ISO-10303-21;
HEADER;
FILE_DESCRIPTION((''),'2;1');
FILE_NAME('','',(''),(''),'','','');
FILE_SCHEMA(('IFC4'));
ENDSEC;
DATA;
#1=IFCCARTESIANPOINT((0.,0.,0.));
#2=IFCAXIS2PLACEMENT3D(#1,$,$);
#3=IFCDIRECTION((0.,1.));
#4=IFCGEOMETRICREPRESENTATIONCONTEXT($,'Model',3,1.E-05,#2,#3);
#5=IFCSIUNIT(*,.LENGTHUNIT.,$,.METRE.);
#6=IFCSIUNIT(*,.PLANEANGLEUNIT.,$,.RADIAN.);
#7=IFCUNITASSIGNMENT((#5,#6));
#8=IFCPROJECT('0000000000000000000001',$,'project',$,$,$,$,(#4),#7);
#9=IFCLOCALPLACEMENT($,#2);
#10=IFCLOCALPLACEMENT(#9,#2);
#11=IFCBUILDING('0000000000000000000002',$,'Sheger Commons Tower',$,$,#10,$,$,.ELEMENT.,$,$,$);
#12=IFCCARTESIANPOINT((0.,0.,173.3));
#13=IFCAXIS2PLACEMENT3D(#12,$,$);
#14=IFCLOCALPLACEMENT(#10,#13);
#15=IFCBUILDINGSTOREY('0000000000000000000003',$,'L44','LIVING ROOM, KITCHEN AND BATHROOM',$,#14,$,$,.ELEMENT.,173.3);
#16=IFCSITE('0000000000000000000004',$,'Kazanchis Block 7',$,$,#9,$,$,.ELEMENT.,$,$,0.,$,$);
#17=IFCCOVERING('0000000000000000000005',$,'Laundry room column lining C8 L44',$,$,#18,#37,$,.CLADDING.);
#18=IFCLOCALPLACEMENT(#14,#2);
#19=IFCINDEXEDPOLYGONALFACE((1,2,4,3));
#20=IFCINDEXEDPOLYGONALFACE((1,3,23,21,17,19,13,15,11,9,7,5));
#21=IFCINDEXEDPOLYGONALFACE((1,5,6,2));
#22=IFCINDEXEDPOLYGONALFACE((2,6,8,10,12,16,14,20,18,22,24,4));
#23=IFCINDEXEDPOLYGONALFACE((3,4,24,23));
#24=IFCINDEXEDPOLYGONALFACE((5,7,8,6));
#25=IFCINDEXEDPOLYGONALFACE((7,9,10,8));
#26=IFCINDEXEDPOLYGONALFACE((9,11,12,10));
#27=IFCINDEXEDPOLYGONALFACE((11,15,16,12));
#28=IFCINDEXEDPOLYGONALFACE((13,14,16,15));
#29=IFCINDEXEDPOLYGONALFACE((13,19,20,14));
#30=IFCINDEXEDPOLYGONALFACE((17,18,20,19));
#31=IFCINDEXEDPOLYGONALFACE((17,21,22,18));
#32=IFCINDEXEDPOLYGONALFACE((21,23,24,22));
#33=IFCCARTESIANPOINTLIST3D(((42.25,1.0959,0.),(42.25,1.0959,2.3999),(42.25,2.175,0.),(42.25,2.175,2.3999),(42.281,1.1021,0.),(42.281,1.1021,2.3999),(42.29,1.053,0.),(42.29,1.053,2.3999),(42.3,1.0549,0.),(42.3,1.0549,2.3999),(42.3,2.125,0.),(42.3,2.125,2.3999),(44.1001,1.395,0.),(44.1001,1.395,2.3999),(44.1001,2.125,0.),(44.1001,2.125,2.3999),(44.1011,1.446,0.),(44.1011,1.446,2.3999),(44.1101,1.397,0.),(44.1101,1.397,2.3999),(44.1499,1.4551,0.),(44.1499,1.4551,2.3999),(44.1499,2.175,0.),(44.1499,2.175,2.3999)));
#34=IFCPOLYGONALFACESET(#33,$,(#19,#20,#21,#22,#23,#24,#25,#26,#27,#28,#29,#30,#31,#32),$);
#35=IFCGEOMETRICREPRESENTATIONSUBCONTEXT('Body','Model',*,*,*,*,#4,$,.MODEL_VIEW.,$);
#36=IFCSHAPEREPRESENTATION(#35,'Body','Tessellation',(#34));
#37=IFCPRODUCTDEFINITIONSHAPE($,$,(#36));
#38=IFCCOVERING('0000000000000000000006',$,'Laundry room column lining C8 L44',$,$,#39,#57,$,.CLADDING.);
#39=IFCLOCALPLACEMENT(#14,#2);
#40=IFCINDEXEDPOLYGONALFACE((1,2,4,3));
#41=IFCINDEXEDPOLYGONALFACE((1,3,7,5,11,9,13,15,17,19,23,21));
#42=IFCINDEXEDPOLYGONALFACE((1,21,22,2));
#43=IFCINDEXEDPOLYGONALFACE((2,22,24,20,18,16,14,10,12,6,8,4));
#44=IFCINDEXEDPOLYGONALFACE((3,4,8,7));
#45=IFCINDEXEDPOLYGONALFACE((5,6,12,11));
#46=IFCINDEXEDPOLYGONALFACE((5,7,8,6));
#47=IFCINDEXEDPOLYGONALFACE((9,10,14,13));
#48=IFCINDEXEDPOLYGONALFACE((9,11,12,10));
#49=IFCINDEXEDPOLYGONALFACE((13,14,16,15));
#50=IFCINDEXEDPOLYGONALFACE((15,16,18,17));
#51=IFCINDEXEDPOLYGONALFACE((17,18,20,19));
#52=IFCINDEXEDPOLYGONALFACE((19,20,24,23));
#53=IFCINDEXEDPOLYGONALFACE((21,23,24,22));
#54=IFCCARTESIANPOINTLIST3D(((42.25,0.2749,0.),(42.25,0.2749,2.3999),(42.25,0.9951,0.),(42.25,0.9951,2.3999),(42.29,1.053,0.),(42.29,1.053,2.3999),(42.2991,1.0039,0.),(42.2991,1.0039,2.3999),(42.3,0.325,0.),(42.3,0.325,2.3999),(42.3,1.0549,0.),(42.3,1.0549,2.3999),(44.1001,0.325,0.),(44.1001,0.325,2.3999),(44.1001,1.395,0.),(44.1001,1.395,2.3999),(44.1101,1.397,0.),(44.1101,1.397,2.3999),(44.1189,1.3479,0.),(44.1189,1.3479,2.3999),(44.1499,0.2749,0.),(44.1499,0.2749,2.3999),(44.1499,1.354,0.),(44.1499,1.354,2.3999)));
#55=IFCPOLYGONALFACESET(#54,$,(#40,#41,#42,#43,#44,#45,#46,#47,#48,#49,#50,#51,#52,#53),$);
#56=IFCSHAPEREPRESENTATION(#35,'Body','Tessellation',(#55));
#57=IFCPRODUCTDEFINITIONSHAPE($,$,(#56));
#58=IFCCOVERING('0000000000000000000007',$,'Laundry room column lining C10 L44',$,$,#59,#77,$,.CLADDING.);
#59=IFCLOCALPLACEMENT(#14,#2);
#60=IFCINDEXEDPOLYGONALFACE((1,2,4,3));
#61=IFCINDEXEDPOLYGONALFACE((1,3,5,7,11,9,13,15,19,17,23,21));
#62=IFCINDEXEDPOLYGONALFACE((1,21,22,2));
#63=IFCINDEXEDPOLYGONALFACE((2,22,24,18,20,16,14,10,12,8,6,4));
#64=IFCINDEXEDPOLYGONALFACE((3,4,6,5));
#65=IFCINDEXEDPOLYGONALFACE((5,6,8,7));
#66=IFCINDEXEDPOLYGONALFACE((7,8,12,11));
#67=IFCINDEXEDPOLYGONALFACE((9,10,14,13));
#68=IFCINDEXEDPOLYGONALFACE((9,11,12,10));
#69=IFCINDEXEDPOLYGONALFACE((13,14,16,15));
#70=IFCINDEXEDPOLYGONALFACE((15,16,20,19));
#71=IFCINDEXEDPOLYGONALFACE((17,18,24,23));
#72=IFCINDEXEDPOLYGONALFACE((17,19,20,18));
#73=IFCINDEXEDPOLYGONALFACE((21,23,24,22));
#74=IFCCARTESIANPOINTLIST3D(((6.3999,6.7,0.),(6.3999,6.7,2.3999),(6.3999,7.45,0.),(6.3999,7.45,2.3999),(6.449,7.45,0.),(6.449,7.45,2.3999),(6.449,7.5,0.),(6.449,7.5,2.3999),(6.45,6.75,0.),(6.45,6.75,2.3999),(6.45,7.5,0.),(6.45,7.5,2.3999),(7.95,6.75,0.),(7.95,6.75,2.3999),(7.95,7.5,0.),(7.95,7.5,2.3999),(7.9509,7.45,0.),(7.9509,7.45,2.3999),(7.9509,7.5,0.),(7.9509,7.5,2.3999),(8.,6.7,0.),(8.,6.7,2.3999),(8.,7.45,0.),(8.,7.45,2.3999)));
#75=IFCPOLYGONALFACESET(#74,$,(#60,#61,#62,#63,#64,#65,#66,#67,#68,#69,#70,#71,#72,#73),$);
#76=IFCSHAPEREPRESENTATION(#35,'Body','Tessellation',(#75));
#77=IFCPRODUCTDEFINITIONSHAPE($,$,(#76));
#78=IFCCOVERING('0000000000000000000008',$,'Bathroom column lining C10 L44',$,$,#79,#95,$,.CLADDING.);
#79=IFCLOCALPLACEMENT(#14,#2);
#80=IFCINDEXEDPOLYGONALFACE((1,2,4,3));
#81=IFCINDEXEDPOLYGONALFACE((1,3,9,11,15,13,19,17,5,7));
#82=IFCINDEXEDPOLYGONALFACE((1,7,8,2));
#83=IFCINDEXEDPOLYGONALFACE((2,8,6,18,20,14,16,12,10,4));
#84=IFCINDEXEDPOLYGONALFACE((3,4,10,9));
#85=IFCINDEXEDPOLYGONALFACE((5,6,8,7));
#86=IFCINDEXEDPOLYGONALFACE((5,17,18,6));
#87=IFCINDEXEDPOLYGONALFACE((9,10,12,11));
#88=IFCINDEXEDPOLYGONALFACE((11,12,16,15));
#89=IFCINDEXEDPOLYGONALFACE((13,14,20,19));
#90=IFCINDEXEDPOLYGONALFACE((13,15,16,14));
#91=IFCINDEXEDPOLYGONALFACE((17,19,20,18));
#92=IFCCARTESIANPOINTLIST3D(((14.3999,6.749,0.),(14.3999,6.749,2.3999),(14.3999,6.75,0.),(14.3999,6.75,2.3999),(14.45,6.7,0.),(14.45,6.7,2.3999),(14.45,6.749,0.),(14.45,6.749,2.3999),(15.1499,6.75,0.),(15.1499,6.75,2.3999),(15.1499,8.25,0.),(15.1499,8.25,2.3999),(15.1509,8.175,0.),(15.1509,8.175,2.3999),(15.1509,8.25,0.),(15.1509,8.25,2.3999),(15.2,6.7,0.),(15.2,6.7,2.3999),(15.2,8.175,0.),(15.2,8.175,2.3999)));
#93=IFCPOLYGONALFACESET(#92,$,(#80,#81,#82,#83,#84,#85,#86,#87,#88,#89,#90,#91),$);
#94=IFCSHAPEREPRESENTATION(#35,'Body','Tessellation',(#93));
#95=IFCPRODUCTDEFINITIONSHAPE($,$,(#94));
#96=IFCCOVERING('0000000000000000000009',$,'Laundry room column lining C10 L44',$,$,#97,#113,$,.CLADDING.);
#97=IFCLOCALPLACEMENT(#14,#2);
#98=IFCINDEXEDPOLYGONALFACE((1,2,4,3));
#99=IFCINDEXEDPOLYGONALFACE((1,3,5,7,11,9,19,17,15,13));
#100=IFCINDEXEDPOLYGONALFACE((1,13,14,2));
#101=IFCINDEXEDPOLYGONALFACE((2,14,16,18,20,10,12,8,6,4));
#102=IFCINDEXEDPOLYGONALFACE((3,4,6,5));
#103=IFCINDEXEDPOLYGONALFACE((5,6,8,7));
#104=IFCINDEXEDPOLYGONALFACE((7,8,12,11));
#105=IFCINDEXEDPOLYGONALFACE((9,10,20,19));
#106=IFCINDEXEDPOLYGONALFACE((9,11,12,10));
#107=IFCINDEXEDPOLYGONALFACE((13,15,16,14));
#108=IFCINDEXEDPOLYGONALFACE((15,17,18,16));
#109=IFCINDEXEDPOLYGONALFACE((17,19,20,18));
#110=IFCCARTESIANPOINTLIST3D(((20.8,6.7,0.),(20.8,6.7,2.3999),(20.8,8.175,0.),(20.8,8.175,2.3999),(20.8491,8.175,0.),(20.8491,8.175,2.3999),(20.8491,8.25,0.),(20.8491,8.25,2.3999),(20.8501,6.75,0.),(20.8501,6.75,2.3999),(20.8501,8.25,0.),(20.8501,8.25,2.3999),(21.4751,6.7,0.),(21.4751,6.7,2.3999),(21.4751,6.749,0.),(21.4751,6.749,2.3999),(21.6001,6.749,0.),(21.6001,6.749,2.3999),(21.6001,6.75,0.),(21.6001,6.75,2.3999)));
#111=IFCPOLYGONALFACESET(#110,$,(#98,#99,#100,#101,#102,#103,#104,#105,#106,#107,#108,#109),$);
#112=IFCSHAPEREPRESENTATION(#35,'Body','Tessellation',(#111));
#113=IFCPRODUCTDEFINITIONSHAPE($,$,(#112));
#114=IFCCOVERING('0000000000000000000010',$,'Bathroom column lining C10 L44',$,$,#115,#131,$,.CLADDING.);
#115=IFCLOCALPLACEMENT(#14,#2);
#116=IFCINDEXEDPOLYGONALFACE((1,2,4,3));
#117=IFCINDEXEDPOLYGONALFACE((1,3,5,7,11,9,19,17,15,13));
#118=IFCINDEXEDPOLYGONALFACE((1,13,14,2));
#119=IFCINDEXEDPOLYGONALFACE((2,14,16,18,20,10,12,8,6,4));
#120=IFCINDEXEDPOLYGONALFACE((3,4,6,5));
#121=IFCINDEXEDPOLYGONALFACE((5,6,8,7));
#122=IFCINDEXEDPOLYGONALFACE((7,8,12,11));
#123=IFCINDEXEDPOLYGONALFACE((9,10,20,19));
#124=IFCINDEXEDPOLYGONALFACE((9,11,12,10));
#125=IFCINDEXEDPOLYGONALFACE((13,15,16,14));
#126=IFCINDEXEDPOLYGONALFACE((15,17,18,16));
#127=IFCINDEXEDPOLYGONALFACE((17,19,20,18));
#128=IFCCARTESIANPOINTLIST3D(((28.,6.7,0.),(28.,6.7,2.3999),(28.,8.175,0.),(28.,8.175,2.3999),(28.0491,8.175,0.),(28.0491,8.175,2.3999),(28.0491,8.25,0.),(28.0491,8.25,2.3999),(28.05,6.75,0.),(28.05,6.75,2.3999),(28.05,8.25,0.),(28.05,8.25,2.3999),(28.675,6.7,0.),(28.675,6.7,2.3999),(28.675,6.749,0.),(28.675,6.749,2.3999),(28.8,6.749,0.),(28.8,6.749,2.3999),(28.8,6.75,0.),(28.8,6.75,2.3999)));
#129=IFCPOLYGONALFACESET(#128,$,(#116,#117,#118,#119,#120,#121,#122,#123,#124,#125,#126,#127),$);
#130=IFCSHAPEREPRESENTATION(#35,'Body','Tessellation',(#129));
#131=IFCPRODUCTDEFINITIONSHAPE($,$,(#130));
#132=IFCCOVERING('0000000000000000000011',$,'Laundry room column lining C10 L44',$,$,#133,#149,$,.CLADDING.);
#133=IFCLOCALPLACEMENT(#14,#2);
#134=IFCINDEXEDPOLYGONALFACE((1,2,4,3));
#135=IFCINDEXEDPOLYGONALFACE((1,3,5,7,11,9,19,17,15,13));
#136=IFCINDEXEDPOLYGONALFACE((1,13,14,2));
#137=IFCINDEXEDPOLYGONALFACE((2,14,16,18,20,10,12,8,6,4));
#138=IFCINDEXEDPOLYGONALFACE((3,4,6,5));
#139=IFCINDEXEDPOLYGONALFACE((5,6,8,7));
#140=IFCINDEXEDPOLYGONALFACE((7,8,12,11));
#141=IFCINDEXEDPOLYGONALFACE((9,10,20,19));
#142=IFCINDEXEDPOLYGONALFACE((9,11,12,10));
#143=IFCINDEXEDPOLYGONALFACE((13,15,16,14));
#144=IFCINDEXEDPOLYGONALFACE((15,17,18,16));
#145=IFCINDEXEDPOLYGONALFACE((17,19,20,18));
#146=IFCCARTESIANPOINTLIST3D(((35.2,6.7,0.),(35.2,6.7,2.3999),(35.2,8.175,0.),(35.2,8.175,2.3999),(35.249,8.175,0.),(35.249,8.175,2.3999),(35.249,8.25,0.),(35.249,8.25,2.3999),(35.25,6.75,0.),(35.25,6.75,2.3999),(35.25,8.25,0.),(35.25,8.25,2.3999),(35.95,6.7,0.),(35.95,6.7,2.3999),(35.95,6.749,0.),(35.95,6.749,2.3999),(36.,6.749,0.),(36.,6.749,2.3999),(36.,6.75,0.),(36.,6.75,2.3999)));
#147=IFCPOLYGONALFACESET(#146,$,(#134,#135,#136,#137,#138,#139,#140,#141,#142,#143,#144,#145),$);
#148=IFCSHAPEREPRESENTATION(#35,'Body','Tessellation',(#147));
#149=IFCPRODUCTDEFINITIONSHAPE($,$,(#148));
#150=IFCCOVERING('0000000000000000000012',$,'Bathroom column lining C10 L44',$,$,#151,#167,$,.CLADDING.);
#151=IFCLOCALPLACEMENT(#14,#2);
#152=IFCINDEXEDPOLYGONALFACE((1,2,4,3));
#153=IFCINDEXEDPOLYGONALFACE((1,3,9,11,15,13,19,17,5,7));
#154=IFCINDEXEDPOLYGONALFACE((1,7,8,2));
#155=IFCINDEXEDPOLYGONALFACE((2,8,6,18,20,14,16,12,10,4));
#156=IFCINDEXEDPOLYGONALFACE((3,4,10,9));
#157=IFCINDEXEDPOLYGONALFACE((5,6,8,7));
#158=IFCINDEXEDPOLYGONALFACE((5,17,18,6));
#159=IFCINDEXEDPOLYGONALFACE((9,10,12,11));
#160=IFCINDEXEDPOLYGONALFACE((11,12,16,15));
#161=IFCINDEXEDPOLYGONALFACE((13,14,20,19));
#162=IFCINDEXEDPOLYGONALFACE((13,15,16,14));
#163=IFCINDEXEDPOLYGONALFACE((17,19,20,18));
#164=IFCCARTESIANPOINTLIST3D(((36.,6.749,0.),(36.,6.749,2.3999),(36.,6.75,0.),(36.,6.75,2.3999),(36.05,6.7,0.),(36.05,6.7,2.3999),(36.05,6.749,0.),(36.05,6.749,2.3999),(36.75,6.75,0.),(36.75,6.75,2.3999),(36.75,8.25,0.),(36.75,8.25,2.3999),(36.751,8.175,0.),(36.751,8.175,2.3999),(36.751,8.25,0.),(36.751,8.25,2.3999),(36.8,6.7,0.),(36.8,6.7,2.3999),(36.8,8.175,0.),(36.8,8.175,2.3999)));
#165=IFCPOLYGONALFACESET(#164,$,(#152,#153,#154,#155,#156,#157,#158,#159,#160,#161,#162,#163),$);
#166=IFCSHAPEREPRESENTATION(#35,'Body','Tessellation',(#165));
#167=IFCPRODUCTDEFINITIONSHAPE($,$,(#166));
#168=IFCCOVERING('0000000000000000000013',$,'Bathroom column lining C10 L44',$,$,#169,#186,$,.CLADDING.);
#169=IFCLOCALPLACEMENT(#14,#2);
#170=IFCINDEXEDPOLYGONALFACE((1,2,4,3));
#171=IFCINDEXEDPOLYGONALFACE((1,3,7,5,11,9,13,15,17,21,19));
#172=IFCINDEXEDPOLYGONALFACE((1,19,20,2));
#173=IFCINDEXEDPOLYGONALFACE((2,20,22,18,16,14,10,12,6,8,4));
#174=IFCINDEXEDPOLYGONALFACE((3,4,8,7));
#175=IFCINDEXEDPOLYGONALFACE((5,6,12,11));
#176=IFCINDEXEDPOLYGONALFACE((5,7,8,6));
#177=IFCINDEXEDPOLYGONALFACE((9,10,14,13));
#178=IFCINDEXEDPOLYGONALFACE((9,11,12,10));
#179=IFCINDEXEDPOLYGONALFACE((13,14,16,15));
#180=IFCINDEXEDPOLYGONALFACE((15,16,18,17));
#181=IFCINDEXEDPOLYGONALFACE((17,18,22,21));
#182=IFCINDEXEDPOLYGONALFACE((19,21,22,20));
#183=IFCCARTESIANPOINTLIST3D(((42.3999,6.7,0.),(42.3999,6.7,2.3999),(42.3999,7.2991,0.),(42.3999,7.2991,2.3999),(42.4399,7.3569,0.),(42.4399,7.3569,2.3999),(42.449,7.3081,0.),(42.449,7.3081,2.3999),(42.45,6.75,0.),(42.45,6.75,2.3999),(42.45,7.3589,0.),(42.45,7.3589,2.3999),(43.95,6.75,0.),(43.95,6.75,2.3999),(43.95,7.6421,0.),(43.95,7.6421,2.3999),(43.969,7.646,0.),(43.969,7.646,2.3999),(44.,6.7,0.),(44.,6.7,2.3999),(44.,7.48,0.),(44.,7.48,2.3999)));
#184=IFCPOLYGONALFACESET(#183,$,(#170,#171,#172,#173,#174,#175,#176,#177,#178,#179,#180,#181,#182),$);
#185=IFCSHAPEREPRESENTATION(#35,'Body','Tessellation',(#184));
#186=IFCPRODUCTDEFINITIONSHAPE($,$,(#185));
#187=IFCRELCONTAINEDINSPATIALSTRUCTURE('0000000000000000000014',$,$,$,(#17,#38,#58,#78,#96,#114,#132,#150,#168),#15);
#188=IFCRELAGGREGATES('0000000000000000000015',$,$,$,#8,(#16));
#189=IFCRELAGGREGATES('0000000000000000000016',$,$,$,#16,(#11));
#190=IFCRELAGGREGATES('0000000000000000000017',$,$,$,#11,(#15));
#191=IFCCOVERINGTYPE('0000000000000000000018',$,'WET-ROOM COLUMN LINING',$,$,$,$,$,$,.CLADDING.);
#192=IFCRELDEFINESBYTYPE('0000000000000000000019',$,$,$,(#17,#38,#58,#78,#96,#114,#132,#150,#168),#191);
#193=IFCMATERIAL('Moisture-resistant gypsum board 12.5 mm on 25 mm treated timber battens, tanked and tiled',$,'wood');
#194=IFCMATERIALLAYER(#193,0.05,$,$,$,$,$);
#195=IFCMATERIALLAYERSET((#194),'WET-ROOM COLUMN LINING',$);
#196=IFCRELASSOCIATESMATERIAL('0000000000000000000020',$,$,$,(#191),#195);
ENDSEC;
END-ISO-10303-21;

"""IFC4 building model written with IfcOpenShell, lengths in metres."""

from ifc_helpers import new_model, si_unit, direction, frame, origin, place, context, subcontext, project, spatial, polyline, outline, extrude, material, layer, layer_set, type_object, element, save


model = new_model("IFC4")

# Units and contexts
model_context = context("Model", 3, precision=1e-05, world=origin(), true_north=direction((0.0, 1.0)))
body_context = subcontext(model_context, "Body", "Model", "MODEL_VIEW")
ifc_project = project(units=[si_unit("LENGTHUNIT", "METRE"), si_unit("PLANEANGLEUNIT", "RADIAN")], contexts=[model_context])

# Site, building, storey
site_placement = place(None, origin())
site = spatial("IfcSite", under=ifc_project, at=site_placement, Name="Kazanchis Block 7", CompositionType="ELEMENT", RefElevation=0.0)
building_placement = place(site_placement, origin())
building = spatial("IfcBuilding", under=site, at=building_placement, Name="Sheger Commons Tower", CompositionType="ELEMENT")
storey_placement = place(building_placement, frame((0.0, 0.0, 173.3)))
storey = spatial("IfcBuildingStorey", under=building, at=storey_placement, Name="L44", Description="LIVING ROOM, KITCHEN AND BATHROOM", CompositionType="ELEMENT", Elevation=173.3)

# Coverings
ifc_material_1 = material(Name="Moisture-resistant gypsum board 12.5 mm on 25 mm treated timber battens, tanked and tiled", Category="wood")
ifc_layer_1 = layer(ifc_material_1, 0.05)
ifc_layer_set_1 = layer_set([ifc_layer_1], Name="WET-ROOM COLUMN LINING")
covering_type_1 = type_object("IfcCoveringType", Name="WET-ROOM COLUMN LINING", PredefinedType="CLADDING", material=ifc_layer_set_1)
covering_1_placement = place(storey_placement, origin())
element("IfcCovering", 1, at=covering_1_placement, inside=storey, type_object=covering_type_1, Name="Laundry room column lining C8 L44", PredefinedType="CLADDING", context=body_context, shape_type="SweptSolid", body=[
    extrude(outline(polyline([(44.1499, 2.175), (44.1499, 1.4551), (44.1011, 1.446), (44.1101, 1.397), (44.1001, 1.395), (44.1001, 2.125), (42.3, 2.125), (42.3, 1.0549), (42.29, 1.053), (42.281, 1.1021), (42.25, 1.0959), (42.25, 2.175), (44.1499, 2.175)])), origin(), (0.0, 0.0, 1.0), 2.3999),
])
covering_2_placement = place(storey_placement, origin())
element("IfcCovering", 2, at=covering_2_placement, inside=storey, type_object=covering_type_1, Name="Laundry room column lining C8 L44", PredefinedType="CLADDING", context=body_context, shape_type="SweptSolid", body=[
    extrude(outline(polyline([(42.3, 1.0549), (42.3, 0.325), (44.1001, 0.325), (44.1001, 1.395), (44.1101, 1.397), (44.1189, 1.3479), (44.1499, 1.354), (44.1499, 0.2749), (42.25, 0.2749), (42.25, 0.9951), (42.2991, 1.0039), (42.29, 1.053), (42.3, 1.0549)])), origin(), (0.0, 0.0, 1.0), 2.3999),
])
covering_3_placement = place(storey_placement, origin())
element("IfcCovering", 3, at=covering_3_placement, inside=storey, type_object=covering_type_1, Name="Laundry room column lining C10 L44", PredefinedType="CLADDING", context=body_context, shape_type="SweptSolid", body=[
    extrude(outline(polyline([(6.45, 7.5), (6.45, 6.75), (7.95, 6.75), (7.95, 7.5), (7.9509, 7.5), (7.9509, 7.45), (8.0, 7.45), (8.0, 6.7), (6.3999, 6.7), (6.3999, 7.45), (6.449, 7.45), (6.449, 7.5), (6.45, 7.5)])), origin(), (0.0, 0.0, 1.0), 2.3999),
])
covering_4_placement = place(storey_placement, origin())
element("IfcCovering", 4, at=covering_4_placement, inside=storey, type_object=covering_type_1, Name="Bathroom column lining C10 L44", PredefinedType="CLADDING", context=body_context, shape_type="SweptSolid", body=[
    extrude(outline(polyline([(14.45, 6.7), (14.45, 6.749), (14.3999, 6.749), (14.3999, 6.75), (15.1499, 6.75), (15.1499, 8.25), (15.1509, 8.25), (15.1509, 8.175), (15.2, 8.175), (15.2, 6.7), (14.45, 6.7)])), origin(), (0.0, 0.0, 1.0), 2.3999),
])
covering_5_placement = place(storey_placement, origin())
element("IfcCovering", 5, at=covering_5_placement, inside=storey, type_object=covering_type_1, Name="Laundry room column lining C10 L44", PredefinedType="CLADDING", context=body_context, shape_type="SweptSolid", body=[
    extrude(outline(polyline([(20.8501, 8.25), (20.8501, 6.75), (21.6001, 6.75), (21.6001, 6.749), (21.4751, 6.749), (21.4751, 6.7), (20.8, 6.7), (20.8, 8.175), (20.8491, 8.175), (20.8491, 8.25), (20.8501, 8.25)])), origin(), (0.0, 0.0, 1.0), 2.3999),
])
covering_6_placement = place(storey_placement, origin())
element("IfcCovering", 6, at=covering_6_placement, inside=storey, type_object=covering_type_1, Name="Bathroom column lining C10 L44", PredefinedType="CLADDING", context=body_context, shape_type="SweptSolid", body=[
    extrude(outline(polyline([(28.05, 8.25), (28.05, 6.75), (28.8, 6.75), (28.8, 6.749), (28.675, 6.749), (28.675, 6.7), (28.0, 6.7), (28.0, 8.175), (28.0491, 8.175), (28.0491, 8.25), (28.05, 8.25)])), origin(), (0.0, 0.0, 1.0), 2.3999),
])
covering_7_placement = place(storey_placement, origin())
element("IfcCovering", 7, at=covering_7_placement, inside=storey, type_object=covering_type_1, Name="Laundry room column lining C10 L44", PredefinedType="CLADDING", context=body_context, shape_type="SweptSolid", body=[
    extrude(outline(polyline([(35.25, 8.25), (35.25, 6.75), (36.0, 6.75), (36.0, 6.749), (35.95, 6.749), (35.95, 6.7), (35.2, 6.7), (35.2, 8.175), (35.249, 8.175), (35.249, 8.25), (35.25, 8.25)])), origin(), (0.0, 0.0, 1.0), 2.3999),
])
covering_8_placement = place(storey_placement, origin())
element("IfcCovering", 8, at=covering_8_placement, inside=storey, type_object=covering_type_1, Name="Bathroom column lining C10 L44", PredefinedType="CLADDING", context=body_context, shape_type="SweptSolid", body=[
    extrude(outline(polyline([(36.05, 6.7), (36.05, 6.749), (36.0, 6.749), (36.0, 6.75), (36.75, 6.75), (36.75, 8.25), (36.751, 8.25), (36.751, 8.175), (36.8, 8.175), (36.8, 6.7), (36.05, 6.7)])), origin(), (0.0, 0.0, 1.0), 2.3999),
])
covering_9_placement = place(storey_placement, origin())
element("IfcCovering", 9, at=covering_9_placement, inside=storey, type_object=covering_type_1, Name="Bathroom column lining C10 L44", PredefinedType="CLADDING", context=body_context, shape_type="SweptSolid", body=[
    extrude(outline(polyline([(42.45, 7.3589), (42.45, 6.75), (43.95, 6.75), (43.95, 7.6421), (43.969, 7.646), (44.0, 7.48), (44.0, 6.7), (42.3999, 6.7), (42.3999, 7.2991), (42.449, 7.3081), (42.4399, 7.3569), (42.45, 7.3589)])), origin(), (0.0, 0.0, 1.0), 2.3999),
])

save(model, "model.ifc")
